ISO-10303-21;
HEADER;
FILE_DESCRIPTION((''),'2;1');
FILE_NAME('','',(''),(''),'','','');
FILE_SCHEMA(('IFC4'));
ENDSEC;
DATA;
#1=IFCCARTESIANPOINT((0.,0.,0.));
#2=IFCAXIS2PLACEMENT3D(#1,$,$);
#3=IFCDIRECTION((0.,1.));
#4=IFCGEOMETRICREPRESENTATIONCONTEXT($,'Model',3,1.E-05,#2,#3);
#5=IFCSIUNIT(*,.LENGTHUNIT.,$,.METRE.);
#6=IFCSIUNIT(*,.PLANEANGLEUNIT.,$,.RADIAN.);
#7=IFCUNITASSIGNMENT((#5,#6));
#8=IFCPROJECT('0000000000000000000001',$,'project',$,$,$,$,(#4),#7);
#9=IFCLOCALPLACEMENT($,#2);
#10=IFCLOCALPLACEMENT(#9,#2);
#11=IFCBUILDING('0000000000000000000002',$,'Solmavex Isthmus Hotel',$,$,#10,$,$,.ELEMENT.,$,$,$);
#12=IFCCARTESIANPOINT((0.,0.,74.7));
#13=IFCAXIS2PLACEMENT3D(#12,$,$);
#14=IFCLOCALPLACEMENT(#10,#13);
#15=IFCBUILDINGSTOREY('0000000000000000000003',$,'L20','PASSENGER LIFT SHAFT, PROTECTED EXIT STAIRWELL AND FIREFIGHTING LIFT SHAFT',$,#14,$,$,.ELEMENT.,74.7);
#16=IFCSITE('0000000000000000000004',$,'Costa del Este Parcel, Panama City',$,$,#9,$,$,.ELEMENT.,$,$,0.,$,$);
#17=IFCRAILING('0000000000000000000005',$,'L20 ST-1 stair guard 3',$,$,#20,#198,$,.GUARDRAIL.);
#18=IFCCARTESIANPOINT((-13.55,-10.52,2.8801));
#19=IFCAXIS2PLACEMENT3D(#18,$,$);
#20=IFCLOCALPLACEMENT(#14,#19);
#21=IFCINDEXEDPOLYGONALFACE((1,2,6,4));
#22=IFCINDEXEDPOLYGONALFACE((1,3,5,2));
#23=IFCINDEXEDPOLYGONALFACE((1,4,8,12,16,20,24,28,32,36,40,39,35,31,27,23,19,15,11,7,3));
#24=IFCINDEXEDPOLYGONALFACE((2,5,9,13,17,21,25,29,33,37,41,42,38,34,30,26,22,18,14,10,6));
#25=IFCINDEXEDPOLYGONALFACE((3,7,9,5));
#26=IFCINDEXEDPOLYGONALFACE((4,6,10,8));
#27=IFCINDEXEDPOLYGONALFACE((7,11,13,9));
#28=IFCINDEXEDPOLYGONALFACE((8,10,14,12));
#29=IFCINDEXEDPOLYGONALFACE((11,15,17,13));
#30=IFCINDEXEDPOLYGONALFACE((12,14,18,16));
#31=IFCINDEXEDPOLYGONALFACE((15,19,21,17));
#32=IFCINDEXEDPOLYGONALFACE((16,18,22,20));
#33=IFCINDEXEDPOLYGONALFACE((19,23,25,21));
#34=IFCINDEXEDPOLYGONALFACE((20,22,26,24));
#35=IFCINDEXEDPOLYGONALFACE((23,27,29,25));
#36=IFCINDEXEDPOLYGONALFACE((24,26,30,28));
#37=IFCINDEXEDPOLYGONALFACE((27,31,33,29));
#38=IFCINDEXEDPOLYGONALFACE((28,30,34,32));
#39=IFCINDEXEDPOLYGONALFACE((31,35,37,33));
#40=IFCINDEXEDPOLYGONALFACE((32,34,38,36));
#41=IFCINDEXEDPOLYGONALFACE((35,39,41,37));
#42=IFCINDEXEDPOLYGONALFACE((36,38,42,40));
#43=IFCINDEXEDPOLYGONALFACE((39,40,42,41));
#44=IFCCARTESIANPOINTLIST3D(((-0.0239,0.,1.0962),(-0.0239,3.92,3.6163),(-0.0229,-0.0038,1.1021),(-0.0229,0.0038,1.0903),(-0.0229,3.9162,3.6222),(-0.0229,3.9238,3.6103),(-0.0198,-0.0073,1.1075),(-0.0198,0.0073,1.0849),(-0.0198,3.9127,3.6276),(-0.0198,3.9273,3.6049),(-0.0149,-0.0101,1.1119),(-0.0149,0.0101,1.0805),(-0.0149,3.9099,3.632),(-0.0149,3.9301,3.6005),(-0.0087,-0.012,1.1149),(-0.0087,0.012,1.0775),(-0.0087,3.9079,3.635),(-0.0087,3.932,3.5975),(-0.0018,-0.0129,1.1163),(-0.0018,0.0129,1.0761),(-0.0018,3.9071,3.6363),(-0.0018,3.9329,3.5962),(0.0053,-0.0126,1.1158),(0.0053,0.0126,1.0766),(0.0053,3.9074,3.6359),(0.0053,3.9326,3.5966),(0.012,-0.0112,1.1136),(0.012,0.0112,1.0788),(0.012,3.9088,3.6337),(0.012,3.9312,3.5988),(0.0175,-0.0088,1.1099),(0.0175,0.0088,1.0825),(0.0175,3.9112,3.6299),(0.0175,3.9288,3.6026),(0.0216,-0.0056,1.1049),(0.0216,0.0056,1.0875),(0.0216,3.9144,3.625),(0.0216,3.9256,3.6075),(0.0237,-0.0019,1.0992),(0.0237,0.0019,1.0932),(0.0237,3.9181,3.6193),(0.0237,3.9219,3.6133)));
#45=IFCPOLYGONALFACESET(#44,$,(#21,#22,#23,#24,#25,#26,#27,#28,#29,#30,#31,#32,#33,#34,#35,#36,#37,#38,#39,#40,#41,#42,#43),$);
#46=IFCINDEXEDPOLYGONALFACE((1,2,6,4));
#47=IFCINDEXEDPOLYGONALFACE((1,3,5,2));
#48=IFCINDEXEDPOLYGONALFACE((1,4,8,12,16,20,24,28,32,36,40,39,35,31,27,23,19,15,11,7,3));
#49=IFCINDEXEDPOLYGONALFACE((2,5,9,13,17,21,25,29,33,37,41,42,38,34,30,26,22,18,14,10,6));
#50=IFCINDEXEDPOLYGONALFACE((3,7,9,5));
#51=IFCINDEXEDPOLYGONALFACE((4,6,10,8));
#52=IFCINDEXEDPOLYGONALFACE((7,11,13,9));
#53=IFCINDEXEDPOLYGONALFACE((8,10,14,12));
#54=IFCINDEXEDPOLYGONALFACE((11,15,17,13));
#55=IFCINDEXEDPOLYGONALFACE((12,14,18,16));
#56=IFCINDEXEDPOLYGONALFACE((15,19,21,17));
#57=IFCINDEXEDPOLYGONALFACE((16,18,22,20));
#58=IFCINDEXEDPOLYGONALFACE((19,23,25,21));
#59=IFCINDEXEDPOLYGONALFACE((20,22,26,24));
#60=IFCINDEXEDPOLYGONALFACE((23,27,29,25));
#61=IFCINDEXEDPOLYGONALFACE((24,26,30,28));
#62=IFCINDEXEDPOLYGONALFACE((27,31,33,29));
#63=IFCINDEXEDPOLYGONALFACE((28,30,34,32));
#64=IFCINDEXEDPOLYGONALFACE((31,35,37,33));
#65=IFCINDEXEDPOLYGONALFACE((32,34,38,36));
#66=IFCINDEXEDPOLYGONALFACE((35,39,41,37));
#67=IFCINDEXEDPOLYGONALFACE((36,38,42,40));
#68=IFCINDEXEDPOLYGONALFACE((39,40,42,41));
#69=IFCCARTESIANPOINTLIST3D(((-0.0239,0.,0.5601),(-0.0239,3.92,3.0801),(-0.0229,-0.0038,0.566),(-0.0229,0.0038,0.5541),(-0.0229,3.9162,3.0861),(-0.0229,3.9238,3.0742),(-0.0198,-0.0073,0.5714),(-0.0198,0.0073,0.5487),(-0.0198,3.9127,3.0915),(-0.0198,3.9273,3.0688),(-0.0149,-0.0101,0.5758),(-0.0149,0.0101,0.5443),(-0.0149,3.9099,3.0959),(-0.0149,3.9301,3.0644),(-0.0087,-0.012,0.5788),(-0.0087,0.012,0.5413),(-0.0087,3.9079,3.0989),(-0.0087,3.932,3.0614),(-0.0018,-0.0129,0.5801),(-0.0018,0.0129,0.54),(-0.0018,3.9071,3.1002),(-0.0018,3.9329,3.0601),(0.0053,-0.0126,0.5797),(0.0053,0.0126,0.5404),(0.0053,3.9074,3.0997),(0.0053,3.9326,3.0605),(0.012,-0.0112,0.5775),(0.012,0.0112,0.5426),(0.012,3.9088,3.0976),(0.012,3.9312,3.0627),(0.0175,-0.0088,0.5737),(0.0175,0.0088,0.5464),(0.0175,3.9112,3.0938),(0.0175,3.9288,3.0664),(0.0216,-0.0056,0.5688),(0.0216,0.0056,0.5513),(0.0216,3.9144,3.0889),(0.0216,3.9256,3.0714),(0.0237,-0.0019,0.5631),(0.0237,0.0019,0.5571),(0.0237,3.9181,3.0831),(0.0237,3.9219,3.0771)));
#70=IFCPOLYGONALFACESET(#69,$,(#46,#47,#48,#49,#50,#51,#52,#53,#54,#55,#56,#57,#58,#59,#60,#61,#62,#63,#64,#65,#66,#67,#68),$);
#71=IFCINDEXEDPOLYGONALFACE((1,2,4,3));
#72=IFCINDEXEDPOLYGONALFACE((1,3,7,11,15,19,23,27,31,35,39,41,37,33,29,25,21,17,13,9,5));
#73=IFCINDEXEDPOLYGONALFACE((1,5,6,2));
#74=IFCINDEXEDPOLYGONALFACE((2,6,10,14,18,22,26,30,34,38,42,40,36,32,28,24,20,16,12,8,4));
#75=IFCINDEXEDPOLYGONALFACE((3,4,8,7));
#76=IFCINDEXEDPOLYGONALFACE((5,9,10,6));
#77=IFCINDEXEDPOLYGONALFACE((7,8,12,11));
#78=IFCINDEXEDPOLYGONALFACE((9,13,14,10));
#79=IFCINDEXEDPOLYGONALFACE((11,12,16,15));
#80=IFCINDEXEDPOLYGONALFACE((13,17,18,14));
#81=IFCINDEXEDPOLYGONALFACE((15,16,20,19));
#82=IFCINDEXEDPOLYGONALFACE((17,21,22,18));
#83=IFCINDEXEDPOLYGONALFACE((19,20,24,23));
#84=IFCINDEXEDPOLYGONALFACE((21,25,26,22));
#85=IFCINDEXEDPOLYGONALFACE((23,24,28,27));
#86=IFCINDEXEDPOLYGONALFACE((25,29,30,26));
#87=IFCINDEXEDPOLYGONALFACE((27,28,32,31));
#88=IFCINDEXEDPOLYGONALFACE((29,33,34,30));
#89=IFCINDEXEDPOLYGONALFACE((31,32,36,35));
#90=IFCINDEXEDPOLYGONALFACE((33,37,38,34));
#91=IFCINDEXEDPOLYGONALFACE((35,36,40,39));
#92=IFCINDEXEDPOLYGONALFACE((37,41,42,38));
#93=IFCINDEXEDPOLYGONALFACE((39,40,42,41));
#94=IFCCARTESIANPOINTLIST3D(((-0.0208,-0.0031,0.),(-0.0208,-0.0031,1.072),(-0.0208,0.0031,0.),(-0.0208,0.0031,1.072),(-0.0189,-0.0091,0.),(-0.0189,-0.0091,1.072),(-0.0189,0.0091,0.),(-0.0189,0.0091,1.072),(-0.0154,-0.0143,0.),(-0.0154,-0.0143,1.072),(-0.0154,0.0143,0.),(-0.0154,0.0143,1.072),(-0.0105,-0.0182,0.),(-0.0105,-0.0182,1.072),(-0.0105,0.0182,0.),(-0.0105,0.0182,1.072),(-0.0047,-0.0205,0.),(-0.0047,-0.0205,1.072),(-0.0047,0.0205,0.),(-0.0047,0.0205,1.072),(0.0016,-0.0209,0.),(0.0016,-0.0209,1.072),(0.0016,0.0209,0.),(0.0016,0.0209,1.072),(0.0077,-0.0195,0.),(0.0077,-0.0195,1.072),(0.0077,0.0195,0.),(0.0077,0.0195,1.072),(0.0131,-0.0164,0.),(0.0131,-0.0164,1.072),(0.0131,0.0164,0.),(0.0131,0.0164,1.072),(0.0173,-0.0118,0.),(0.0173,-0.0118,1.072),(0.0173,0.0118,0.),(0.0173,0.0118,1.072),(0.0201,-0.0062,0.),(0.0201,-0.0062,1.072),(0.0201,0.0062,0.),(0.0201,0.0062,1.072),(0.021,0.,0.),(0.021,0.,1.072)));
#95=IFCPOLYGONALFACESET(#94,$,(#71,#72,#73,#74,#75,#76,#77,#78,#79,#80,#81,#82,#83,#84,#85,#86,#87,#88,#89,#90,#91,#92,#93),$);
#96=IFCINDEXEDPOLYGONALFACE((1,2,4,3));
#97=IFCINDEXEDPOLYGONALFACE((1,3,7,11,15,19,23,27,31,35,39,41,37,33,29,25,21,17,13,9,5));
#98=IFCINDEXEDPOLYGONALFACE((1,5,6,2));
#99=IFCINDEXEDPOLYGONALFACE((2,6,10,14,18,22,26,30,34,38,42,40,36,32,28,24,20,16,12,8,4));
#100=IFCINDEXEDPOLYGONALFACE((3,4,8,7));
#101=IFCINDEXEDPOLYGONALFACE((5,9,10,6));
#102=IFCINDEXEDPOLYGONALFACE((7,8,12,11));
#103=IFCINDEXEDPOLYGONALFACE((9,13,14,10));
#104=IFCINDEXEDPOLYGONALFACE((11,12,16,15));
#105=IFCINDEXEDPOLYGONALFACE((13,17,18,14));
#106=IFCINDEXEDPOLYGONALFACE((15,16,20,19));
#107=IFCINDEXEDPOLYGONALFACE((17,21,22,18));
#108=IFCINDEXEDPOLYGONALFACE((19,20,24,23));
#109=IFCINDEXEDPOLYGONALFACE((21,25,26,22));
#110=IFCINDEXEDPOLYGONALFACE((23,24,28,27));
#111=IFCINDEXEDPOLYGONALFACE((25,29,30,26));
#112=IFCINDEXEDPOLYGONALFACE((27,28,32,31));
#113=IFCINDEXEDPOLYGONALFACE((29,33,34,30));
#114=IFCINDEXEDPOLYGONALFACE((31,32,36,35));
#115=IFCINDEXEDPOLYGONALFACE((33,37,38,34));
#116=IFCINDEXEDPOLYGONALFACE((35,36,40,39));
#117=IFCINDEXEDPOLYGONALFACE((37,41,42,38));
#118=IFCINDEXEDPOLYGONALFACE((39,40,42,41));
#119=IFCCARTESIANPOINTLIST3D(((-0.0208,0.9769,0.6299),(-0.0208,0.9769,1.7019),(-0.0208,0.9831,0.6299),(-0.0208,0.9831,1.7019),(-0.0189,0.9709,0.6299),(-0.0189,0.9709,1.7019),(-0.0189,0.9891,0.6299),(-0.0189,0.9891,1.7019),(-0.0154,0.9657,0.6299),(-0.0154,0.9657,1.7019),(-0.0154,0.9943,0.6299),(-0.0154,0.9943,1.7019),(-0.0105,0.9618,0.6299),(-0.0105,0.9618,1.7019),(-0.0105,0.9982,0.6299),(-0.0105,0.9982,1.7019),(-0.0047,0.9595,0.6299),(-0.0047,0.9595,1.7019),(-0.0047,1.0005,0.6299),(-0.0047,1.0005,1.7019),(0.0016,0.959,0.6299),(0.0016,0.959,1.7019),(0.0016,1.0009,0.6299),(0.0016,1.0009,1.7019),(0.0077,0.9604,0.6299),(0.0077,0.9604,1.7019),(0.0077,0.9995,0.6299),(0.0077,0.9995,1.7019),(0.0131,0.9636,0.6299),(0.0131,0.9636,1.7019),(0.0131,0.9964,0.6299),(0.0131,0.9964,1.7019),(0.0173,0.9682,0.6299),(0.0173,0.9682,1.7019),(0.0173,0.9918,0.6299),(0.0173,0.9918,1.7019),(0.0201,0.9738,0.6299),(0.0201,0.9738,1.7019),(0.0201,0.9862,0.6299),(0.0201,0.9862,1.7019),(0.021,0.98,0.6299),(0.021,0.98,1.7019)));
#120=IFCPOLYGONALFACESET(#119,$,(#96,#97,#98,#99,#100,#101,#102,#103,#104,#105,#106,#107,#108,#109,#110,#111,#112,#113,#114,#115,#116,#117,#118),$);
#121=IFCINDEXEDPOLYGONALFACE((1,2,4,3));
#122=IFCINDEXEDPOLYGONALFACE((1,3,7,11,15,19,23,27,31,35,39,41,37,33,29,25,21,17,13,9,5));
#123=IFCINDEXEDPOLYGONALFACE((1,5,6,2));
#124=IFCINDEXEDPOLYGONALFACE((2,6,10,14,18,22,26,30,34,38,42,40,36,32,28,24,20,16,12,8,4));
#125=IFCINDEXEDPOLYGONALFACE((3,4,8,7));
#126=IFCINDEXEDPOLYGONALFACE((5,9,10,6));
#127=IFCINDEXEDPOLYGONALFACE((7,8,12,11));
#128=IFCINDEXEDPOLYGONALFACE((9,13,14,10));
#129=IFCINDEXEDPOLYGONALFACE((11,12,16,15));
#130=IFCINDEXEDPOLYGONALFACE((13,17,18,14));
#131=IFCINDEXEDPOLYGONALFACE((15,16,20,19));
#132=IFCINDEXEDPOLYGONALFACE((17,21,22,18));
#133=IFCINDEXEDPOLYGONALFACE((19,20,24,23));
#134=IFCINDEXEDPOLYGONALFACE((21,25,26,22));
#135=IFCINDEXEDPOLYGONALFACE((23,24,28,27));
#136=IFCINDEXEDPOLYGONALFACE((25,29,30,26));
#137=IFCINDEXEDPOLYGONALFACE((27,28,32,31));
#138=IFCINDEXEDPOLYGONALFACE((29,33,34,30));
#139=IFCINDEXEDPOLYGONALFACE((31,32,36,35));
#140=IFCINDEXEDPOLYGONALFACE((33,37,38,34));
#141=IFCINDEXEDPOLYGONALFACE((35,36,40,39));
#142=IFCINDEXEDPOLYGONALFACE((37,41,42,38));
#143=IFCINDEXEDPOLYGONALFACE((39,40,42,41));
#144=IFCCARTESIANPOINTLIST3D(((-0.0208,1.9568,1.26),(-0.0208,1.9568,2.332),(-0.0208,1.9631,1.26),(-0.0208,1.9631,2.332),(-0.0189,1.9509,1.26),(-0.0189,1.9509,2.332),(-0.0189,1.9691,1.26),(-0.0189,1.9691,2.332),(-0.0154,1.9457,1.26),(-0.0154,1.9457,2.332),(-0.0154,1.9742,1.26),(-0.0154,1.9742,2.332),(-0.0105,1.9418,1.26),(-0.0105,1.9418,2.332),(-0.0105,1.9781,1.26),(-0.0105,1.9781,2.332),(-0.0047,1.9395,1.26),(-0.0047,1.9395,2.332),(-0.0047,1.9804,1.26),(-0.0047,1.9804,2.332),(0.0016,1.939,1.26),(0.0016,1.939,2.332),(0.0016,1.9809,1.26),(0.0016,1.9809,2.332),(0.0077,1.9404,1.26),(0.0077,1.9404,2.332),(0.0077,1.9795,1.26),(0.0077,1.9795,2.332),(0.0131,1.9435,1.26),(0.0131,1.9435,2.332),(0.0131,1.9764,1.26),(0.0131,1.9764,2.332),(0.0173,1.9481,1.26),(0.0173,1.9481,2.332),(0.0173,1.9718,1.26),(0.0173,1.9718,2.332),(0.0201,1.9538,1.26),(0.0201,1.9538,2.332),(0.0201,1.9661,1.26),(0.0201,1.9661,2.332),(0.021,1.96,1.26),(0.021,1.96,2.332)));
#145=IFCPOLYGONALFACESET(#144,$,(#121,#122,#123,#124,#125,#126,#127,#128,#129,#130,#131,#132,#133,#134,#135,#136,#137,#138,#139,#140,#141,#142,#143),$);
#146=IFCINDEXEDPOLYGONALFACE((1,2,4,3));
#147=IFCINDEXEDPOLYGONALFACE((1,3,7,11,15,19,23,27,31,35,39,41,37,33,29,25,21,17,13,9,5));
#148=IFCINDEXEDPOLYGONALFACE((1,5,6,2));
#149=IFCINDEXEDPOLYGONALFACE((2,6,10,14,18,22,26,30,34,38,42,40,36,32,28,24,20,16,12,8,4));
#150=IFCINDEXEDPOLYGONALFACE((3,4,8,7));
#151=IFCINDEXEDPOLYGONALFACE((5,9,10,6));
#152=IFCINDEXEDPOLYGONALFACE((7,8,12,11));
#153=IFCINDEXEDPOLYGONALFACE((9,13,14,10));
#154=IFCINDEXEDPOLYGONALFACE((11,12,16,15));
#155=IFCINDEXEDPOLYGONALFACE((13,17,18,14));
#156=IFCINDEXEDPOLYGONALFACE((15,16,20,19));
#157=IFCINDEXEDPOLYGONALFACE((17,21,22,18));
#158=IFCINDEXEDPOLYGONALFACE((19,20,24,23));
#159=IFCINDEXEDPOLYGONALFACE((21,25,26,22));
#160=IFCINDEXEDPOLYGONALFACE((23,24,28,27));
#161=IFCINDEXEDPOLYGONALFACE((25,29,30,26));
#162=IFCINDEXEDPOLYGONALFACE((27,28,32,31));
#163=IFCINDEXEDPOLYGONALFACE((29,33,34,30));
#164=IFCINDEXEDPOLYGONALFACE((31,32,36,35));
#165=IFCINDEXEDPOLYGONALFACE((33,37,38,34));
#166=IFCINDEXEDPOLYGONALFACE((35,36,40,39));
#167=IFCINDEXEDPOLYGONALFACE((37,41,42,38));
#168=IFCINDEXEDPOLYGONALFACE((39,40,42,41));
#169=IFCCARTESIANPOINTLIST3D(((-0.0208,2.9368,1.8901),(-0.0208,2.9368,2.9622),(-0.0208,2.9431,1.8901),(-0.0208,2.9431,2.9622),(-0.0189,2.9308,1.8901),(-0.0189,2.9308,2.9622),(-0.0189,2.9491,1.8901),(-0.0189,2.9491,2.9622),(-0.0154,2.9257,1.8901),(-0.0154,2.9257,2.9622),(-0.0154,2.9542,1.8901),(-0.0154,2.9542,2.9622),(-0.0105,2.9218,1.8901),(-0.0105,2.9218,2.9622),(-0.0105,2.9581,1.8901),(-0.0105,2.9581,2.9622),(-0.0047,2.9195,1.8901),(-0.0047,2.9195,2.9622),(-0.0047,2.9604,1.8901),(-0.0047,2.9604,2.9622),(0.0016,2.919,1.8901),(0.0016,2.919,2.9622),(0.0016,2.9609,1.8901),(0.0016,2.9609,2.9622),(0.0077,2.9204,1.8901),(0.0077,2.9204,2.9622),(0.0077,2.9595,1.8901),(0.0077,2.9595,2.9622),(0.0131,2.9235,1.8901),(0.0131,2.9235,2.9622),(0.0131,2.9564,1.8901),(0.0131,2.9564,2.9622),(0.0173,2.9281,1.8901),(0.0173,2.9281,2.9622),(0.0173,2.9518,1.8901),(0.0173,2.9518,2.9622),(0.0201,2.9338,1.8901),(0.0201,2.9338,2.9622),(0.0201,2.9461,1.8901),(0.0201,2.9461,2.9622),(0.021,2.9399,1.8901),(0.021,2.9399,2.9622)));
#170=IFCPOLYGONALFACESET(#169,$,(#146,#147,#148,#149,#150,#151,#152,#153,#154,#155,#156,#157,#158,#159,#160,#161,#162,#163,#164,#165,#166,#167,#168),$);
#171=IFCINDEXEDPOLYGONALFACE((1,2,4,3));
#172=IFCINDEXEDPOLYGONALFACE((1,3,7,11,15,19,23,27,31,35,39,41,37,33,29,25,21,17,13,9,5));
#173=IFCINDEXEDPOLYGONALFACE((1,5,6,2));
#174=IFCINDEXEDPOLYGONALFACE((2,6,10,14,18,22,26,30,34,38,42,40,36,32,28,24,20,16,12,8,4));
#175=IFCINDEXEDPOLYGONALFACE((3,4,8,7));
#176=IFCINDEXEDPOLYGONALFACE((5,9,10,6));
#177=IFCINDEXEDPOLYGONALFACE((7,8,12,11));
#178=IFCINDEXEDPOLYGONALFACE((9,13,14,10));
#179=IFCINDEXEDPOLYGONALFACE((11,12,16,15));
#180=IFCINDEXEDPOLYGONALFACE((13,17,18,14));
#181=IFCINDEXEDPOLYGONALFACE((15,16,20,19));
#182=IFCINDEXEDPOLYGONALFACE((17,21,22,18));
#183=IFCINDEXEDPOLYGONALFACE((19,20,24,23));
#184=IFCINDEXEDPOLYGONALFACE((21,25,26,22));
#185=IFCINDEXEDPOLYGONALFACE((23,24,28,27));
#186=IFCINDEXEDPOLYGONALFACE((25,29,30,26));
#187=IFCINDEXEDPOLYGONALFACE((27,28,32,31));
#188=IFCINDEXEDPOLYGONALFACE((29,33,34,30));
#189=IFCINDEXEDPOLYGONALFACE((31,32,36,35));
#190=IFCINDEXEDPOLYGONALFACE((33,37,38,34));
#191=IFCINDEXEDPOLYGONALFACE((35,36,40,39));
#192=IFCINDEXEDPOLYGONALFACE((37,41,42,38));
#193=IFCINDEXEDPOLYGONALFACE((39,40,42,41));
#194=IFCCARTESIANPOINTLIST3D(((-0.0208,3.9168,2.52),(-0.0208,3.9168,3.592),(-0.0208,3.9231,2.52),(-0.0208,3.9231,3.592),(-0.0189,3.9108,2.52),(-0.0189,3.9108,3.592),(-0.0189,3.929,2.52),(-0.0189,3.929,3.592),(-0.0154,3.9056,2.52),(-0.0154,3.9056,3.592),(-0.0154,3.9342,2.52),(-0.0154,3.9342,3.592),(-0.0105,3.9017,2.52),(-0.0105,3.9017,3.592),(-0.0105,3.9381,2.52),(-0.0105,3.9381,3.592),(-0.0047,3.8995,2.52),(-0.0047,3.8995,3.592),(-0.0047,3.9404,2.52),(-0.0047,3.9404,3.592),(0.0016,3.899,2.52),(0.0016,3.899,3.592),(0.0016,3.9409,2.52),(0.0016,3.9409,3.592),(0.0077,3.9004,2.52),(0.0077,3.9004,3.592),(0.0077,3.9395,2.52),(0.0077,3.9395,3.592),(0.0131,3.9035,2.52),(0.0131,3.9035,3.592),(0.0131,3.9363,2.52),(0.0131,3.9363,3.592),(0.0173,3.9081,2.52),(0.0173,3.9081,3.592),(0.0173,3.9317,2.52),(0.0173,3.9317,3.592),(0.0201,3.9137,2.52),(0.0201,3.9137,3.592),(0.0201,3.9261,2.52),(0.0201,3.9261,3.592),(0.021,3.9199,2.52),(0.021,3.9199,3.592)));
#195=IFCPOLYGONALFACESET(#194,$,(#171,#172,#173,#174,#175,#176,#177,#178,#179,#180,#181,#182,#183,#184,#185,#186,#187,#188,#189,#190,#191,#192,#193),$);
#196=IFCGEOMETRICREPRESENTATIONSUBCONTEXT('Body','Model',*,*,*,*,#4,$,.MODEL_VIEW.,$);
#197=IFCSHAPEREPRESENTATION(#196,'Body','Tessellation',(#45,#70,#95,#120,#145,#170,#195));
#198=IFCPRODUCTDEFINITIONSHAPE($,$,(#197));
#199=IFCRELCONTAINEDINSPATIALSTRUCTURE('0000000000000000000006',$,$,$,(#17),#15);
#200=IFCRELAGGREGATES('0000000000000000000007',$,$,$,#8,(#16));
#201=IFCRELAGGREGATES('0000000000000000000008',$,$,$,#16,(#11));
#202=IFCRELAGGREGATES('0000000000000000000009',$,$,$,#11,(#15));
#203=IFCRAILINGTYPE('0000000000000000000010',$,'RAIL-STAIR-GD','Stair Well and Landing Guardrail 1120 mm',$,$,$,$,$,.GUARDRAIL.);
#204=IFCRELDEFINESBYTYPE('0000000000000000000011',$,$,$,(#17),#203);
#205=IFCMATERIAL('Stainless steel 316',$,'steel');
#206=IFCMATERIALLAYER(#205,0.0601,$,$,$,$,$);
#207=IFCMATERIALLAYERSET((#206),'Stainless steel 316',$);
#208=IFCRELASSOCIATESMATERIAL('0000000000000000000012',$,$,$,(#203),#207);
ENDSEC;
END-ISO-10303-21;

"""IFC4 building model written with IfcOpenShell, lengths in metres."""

from ifc_helpers import new_model, si_unit, direction, frame, origin, origin_2d, place, context, subcontext, project, spatial, circle, extrude, material, layer, layer_set, type_object, element, save


model = new_model("IFC4")

# Units and contexts
model_context = context("Model", 3, precision=1e-05, world=origin(), true_north=direction((0.0, 1.0)))
body_context = subcontext(model_context, "Body", "Model", "MODEL_VIEW")
ifc_project = project(units=[si_unit("LENGTHUNIT", "METRE"), si_unit("PLANEANGLEUNIT", "RADIAN")], contexts=[model_context])

# Site, building, storey
site_placement = place(None, origin())
site = spatial("IfcSite", under=ifc_project, at=site_placement, Name="Costa del Este Parcel, Panama City", CompositionType="ELEMENT", RefElevation=0.0)
building_placement = place(site_placement, origin())
building = spatial("IfcBuilding", under=site, at=building_placement, Name="Solmavex Isthmus Hotel", CompositionType="ELEMENT")
storey_placement = place(building_placement, frame((0.0, 0.0, 74.7)))
storey = spatial("IfcBuildingStorey", under=building, at=storey_placement, Name="L20", Description="PASSENGER LIFT SHAFT, PROTECTED EXIT STAIRWELL AND FIREFIGHTING LIFT SHAFT", CompositionType="ELEMENT", Elevation=74.7)

# Railing
ifc_material_1 = material(Name="Stainless steel 316", Category="steel")
ifc_layer_1 = layer(ifc_material_1, 0.0601)
ifc_layer_set_1 = layer_set([ifc_layer_1], Name="Stainless steel 316")
railing_type_1 = type_object("IfcRailingType", Name="RAIL-STAIR-GD", Description="Stair Well and Landing Guardrail 1120 mm", PredefinedType="GUARDRAIL", material=ifc_layer_set_1)
railing_1_placement = place(storey_placement, frame((-13.55, -10.52, 2.8801)))
element("IfcRailing", 1, at=railing_1_placement, inside=storey, type_object=railing_type_1, Name="L20 ST-1 stair guard 3", PredefinedType="GUARDRAIL", context=body_context, shape_type="SweptSolid", body=[
    extrude(circle(Radius=0.0239, at=origin_2d()), frame((0.0, 0.0, 1.0962), z_axis=(0.0, 0.841172, 0.540768), x_axis=(-1.0, 0.0, 0.0)), (0.0, 0.0, 1.0), 4.6602),
    extrude(circle(Radius=0.0239, at=origin_2d()), frame((0.0, 0.0, 0.5601), z_axis=(0.0, 0.841172, 0.540768), x_axis=(-1.0, 0.0, 0.0)), (0.0, 0.0, 1.0), 4.6602),
    extrude(circle(Radius=0.021, at=origin_2d()), origin(), (0.0, 0.0, 1.0), 1.072),
    extrude(circle(Radius=0.021, at=origin_2d()), frame((0.0, 0.98, 0.6299)), (0.0, 0.0, 1.0), 1.072),
    extrude(circle(Radius=0.021, at=origin_2d()), frame((0.0, 1.96, 1.26)), (0.0, 0.0, 1.0), 1.072),
    extrude(circle(Radius=0.021, at=origin_2d()), frame((0.0, 2.9399, 1.8901)), (0.0, 0.0, 1.0), 1.072),
    extrude(circle(Radius=0.021, at=origin_2d()), frame((0.0, 3.9199, 2.52)), (0.0, 0.0, 1.0), 1.072),
])

save(model, "model.ifc")
